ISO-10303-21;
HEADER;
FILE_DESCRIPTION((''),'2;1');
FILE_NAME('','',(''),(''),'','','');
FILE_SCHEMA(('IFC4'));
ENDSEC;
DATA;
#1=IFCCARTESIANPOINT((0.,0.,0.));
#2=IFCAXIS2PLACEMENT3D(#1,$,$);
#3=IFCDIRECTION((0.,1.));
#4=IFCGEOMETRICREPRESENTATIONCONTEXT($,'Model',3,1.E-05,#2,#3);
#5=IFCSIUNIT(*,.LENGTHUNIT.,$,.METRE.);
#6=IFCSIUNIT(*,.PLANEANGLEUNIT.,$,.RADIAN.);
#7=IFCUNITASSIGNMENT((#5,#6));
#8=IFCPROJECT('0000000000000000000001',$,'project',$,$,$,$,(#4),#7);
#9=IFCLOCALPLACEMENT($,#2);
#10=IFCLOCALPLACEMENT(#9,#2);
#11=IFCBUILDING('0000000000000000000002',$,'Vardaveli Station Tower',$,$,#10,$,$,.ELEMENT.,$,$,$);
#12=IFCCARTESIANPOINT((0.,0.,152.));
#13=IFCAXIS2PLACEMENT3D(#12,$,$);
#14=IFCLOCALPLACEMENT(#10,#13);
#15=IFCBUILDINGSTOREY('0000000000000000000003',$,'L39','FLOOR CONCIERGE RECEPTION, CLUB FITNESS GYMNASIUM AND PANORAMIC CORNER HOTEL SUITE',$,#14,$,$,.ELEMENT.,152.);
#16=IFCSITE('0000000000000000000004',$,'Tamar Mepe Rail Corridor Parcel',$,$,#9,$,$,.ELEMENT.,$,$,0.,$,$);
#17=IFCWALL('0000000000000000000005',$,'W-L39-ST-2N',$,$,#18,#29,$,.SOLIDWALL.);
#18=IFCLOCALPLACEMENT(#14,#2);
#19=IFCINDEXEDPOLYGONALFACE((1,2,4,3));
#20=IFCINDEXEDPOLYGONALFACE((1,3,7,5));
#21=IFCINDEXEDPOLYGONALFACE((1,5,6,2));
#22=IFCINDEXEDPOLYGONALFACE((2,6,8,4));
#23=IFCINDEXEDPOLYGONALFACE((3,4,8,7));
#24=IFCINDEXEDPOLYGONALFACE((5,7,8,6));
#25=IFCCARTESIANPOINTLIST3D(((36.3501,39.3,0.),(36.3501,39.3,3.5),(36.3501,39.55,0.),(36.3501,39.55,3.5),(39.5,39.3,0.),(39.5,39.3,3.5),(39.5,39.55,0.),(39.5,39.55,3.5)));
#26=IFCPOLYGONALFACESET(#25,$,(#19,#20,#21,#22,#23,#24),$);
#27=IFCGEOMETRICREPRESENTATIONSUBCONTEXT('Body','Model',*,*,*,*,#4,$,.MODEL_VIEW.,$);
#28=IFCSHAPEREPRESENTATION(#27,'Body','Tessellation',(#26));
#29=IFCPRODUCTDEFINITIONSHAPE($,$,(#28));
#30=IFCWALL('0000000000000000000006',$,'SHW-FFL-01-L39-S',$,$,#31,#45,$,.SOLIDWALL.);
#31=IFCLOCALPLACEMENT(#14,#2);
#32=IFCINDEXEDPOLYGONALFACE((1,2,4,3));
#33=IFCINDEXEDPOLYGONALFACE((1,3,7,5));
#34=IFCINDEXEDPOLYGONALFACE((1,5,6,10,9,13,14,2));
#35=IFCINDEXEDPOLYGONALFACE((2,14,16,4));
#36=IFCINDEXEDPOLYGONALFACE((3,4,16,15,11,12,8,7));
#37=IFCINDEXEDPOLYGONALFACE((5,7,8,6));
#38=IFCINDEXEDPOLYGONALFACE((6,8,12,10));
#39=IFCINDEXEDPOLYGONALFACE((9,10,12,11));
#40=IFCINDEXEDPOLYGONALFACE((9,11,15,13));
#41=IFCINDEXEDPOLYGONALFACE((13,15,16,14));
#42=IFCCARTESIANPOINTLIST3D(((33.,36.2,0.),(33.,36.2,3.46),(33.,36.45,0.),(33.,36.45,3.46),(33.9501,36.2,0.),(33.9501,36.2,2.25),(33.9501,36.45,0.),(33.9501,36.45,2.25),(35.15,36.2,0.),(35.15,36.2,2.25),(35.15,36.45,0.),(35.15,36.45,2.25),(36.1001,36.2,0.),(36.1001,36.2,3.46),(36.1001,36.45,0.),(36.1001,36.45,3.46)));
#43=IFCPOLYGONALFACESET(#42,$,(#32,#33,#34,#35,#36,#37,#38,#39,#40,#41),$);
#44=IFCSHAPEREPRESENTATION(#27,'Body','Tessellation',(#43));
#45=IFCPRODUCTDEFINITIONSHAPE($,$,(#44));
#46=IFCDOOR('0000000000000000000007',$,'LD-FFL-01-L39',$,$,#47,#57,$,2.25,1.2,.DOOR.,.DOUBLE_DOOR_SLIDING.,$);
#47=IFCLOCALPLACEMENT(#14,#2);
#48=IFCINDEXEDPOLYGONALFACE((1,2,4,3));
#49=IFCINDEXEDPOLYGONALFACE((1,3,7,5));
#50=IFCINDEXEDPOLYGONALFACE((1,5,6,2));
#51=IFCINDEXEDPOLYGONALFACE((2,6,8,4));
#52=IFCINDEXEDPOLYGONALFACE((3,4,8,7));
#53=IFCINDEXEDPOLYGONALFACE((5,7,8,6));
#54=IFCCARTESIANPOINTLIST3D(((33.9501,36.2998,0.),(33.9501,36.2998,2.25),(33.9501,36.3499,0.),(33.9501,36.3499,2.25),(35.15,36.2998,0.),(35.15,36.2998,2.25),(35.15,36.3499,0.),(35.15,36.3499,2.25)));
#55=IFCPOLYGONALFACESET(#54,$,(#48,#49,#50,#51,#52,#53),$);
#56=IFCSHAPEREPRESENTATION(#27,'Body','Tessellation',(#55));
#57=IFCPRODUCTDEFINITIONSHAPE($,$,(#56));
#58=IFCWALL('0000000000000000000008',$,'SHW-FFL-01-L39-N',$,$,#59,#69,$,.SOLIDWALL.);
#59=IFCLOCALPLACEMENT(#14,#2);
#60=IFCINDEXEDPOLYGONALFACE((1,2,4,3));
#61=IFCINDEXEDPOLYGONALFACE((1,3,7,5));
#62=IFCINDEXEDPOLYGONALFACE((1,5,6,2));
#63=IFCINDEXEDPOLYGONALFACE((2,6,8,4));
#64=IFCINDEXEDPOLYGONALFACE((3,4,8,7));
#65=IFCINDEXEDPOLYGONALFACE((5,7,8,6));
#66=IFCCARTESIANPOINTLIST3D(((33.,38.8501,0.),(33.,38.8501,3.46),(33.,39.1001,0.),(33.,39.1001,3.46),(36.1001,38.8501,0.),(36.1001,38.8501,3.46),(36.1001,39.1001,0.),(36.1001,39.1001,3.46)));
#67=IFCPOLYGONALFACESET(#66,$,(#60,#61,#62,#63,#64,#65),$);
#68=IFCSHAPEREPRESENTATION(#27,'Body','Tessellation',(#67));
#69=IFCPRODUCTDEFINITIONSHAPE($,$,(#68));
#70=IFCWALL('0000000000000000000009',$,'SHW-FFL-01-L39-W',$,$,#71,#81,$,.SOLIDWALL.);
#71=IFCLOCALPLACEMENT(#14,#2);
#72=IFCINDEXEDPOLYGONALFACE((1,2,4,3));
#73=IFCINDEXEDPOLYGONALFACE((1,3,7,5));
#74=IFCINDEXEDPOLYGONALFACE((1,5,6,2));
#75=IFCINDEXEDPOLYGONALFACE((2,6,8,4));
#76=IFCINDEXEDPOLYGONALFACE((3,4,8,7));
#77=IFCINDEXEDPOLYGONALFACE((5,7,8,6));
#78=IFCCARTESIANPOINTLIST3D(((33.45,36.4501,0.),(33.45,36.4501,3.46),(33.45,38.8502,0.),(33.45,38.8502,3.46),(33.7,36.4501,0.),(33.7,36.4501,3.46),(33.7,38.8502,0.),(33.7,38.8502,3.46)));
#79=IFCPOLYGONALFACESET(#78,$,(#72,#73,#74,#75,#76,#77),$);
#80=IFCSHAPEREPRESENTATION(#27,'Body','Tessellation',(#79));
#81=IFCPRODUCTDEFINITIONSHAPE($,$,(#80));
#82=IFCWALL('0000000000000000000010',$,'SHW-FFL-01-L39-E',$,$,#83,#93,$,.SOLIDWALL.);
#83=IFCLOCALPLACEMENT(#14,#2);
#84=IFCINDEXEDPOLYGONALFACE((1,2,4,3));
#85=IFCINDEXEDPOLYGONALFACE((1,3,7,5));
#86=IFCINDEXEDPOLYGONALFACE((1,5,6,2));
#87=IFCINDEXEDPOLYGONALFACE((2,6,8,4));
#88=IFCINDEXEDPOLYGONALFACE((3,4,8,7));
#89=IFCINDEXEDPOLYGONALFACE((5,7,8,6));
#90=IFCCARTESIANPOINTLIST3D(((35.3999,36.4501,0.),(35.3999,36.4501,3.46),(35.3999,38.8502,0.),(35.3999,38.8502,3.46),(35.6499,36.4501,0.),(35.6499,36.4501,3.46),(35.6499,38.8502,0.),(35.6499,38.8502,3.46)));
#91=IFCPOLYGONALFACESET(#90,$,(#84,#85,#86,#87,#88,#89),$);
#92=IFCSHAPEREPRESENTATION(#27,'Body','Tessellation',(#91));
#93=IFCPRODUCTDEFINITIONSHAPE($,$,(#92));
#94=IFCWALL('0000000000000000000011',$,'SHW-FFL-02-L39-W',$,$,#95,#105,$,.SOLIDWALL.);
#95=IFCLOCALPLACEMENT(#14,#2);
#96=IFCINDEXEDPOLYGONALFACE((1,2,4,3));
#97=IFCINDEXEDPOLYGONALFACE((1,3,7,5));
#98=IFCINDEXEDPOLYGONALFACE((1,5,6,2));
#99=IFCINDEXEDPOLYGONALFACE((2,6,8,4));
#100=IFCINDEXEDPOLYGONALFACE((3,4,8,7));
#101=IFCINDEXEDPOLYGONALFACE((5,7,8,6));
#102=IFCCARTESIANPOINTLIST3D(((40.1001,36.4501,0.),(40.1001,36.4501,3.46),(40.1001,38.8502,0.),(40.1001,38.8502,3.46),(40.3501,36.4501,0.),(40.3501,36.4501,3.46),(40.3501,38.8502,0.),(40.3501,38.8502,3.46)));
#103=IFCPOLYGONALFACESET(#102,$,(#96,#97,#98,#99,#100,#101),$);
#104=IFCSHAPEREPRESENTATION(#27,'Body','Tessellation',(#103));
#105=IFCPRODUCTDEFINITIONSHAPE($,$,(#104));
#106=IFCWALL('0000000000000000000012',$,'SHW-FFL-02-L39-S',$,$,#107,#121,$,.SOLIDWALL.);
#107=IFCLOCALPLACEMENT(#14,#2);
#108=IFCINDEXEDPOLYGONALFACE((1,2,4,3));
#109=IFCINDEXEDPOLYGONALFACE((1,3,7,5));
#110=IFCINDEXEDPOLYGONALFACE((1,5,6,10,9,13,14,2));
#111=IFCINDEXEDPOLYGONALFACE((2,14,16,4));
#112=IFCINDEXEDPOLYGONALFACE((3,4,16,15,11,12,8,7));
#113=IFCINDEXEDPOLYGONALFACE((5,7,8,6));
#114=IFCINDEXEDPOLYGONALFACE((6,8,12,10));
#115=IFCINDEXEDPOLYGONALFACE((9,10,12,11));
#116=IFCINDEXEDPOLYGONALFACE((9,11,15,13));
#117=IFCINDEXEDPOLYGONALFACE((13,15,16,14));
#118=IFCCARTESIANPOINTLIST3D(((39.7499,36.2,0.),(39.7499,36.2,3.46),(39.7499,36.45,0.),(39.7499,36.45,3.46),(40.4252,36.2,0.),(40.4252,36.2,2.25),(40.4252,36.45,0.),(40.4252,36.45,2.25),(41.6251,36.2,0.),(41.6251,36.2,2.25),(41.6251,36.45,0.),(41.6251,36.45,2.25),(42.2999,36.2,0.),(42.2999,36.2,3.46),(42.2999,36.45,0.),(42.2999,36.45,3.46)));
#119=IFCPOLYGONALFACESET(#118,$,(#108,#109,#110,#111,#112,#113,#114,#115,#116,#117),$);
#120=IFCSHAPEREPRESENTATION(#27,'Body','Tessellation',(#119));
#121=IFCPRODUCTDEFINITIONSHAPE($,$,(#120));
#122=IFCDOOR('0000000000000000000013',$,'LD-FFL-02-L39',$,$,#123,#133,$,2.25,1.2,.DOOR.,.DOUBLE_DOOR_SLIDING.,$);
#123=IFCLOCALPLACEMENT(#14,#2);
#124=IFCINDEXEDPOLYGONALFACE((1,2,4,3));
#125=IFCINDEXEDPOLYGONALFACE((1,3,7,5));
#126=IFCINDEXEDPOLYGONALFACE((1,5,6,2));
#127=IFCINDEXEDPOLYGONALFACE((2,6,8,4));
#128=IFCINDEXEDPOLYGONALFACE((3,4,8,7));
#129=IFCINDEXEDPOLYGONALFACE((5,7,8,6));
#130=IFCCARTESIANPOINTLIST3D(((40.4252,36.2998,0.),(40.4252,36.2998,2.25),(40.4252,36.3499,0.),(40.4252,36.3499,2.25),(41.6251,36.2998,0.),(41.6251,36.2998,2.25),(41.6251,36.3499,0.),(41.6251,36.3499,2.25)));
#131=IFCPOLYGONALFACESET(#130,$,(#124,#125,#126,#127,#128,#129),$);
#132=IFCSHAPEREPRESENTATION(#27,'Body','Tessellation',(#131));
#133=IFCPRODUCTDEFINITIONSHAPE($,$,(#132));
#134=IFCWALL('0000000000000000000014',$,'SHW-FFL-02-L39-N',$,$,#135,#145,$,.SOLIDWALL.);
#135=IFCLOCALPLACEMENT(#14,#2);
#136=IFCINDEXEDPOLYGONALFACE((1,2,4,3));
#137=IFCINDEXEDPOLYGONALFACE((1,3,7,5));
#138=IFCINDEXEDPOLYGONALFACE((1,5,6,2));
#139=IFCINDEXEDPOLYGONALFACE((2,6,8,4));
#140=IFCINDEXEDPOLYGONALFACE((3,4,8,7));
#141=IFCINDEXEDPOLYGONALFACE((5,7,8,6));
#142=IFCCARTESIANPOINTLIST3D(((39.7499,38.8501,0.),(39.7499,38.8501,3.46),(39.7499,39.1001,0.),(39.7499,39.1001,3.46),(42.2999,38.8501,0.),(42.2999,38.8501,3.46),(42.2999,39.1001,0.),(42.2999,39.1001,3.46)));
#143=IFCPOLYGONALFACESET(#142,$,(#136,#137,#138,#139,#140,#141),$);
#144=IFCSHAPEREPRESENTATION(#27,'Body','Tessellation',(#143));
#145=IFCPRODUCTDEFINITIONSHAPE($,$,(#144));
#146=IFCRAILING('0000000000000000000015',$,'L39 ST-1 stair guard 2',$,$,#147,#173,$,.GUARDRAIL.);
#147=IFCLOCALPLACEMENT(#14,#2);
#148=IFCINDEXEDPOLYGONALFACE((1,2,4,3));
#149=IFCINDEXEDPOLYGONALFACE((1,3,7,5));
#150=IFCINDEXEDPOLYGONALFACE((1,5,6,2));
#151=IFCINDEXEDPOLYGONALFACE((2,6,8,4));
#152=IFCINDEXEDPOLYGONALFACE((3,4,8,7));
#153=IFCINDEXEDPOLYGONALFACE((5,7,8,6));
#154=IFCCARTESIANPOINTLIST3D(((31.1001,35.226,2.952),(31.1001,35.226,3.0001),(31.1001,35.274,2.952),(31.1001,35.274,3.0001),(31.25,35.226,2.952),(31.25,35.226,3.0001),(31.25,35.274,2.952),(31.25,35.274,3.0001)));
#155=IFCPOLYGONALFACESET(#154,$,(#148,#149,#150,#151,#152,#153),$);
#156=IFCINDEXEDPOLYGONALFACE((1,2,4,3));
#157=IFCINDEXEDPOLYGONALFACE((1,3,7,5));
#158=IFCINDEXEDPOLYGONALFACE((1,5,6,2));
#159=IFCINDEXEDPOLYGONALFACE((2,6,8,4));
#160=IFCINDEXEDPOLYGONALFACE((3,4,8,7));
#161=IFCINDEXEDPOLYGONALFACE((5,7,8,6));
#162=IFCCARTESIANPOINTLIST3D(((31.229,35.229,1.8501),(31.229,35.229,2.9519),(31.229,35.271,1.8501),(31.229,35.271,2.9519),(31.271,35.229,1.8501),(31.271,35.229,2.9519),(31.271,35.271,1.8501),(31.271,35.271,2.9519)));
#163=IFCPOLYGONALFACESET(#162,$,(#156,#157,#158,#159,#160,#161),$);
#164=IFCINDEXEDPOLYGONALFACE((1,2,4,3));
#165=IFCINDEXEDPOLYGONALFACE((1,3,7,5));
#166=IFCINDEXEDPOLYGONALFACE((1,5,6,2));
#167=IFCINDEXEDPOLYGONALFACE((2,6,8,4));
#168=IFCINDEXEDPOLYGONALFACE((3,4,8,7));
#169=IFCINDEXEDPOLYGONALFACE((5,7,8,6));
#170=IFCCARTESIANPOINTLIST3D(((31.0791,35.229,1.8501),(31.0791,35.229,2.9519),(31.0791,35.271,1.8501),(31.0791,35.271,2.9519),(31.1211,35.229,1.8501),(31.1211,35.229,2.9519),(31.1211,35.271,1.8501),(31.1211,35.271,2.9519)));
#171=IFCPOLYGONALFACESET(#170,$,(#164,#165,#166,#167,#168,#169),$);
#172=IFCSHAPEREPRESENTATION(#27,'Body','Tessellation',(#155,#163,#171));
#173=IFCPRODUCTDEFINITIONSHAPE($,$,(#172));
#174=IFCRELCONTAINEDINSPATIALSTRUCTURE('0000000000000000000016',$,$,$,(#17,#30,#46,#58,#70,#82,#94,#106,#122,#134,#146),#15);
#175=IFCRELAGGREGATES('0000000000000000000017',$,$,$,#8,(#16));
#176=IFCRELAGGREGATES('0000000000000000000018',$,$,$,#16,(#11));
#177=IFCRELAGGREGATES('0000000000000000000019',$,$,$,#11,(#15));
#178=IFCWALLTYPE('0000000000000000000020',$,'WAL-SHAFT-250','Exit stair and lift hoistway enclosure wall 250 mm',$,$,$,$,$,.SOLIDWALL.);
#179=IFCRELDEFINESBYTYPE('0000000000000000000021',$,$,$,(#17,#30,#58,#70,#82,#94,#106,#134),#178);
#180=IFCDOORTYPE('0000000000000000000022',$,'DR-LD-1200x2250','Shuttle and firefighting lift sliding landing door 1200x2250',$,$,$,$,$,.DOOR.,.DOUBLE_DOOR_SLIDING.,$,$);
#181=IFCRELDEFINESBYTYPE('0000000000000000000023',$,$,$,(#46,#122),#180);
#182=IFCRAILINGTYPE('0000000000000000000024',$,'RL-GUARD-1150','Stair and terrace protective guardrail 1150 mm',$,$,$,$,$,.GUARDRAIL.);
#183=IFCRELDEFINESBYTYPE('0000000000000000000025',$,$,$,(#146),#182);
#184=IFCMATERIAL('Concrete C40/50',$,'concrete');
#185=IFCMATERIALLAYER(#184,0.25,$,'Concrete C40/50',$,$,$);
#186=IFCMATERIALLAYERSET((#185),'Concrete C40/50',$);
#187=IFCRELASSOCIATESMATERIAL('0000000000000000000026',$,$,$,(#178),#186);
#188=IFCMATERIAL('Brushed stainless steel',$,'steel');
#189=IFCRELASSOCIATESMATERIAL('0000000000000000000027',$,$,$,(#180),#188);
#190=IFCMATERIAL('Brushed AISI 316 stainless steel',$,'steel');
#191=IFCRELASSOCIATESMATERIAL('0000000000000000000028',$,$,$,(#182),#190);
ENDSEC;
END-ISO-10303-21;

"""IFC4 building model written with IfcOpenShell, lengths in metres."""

from ifc_helpers import new_model, si_unit, direction, frame, frame_2d, origin, origin_2d, place, context, subcontext, project, spatial, rectangle, extrude, source, transform, mapped, material, layer, layer_set, type_object, element, fill, save


model = new_model("IFC4")

# Units and contexts
model_context = context("Model", 3, precision=1e-05, world=origin(), true_north=direction((0.0, 1.0)))
body_context = subcontext(model_context, "Body", "Model", "MODEL_VIEW")
ifc_project = project(units=[si_unit("LENGTHUNIT", "METRE"), si_unit("PLANEANGLEUNIT", "RADIAN")], contexts=[model_context])

# Site, building, storey
site_placement = place(None, origin())
site = spatial("IfcSite", under=ifc_project, at=site_placement, Name="Tamar Mepe Rail Corridor Parcel", CompositionType="ELEMENT", RefElevation=0.0)
building_placement = place(site_placement, origin())
building = spatial("IfcBuilding", under=site, at=building_placement, Name="Vardaveli Station Tower", CompositionType="ELEMENT")
storey_placement = place(building_placement, frame((0.0, 0.0, 152.0)))
storey = spatial("IfcBuildingStorey", under=building, at=storey_placement, Name="L39", Description="FLOOR CONCIERGE RECEPTION, CLUB FITNESS GYMNASIUM AND PANORAMIC CORNER HOTEL SUITE", CompositionType="ELEMENT", Elevation=152.0)

# Wall
ifc_material_1 = material(Name="Concrete C40/50", Category="concrete")
ifc_layer_1 = layer(ifc_material_1, 0.25, Name="Concrete C40/50")
ifc_layer_set_1 = layer_set([ifc_layer_1], Name="Concrete C40/50")
wall_type = type_object("IfcWallType", Name="WAL-SHAFT-250", Description="Exit stair and lift hoistway enclosure wall 250 mm", PredefinedType="SOLIDWALL", material=ifc_layer_set_1)
shared_shape_1 = source(origin(), body_context, "Body", "SweptSolid", [
    extrude(rectangle(XDim=3.1499, YDim=0.25, at=frame_2d((1.575, 0.0))), origin(), (0.0, 0.0, 1.0), 3.5),
])
wall_1_placement = place(storey_placement, frame((36.3501, 39.425, 0.0), z_axis=(0.0, 0.0, 1.0), x_axis=(1.0, 0.0, 0.0)))
element("IfcWall", 1, at=wall_1_placement, inside=storey, type_object=wall_type, Name="W-L39-ST-2N", PredefinedType="SOLIDWALL", context=body_context, shape_type="MappedRepresentation", body=[
    mapped(shared_shape_1, transform((0.0, 0.0, 0.0), scale=1.0)),
])

# Wall, opening, door
shared_shape_2 = source(origin(), body_context, "Body", "SweptSolid", [
    extrude(rectangle(XDim=3.1001, YDim=0.25, at=frame_2d((1.55, 0.0))), origin(), (0.0, 0.0, 1.0), 3.46),
])
wall_2_placement = place(storey_placement, frame((33.0, 36.325, 0.0), z_axis=(0.0, 0.0, 1.0), x_axis=(1.0, 0.0, 0.0)))
wall_2 = element("IfcWall", 2, at=wall_2_placement, inside=storey, type_object=wall_type, Name="SHW-FFL-01-L39-S", PredefinedType="SOLIDWALL", context=body_context, shape_type="MappedRepresentation", body=[
    mapped(shared_shape_2, transform((0.0, 0.0, 0.0), scale=1.0)),
])
shared_shape_3 = source(origin(), body_context, "Body", "SweptSolid", [
    extrude(rectangle(XDim=1.2, YDim=2.25, at=frame_2d((0.6001, 1.125))), frame((0.0, 0.135, 0.0), z_axis=(0.0, -1.0, 0.0), x_axis=(1.0, 0.0, 0.0)), (0.0, 0.0, 1.0), 0.27),
])
opening_1_placement = place(wall_2_placement, frame((0.95, 0.0, 0.0)))
opening_1 = element("IfcOpeningElement", 3, at=opening_1_placement, cuts=wall_2, PredefinedType="OPENING", context=body_context, shape_type="MappedRepresentation", body=[
    mapped(shared_shape_3, transform((0.0, 0.0, 0.0), scale=1.0)),
])
ifc_material_2 = material(Name="Brushed stainless steel", Category="steel")
door_type = type_object("IfcDoorType", Name="DR-LD-1200x2250", Description="Shuttle and firefighting lift sliding landing door 1200x2250", OperationType="DOUBLE_DOOR_SLIDING", PredefinedType="DOOR", material=ifc_material_2)
shared_shape_4 = source(origin(), body_context, "Body", "SweptSolid", [
    extrude(rectangle(XDim=1.2, YDim=2.25, at=frame_2d((0.6001, 1.125))), frame((0.0, 0.0249, 0.0), z_axis=(0.0, -1.0, 0.0), x_axis=(1.0, 0.0, 0.0)), (0.0, 0.0, 1.0), 0.05),
])
door_1_placement = place(opening_1_placement, origin())
door_1 = element("IfcDoor", 4, at=door_1_placement, inside=storey, type_object=door_type, Name="LD-FFL-01-L39", OperationType="DOUBLE_DOOR_SLIDING", OverallHeight=2.25, OverallWidth=1.2, PredefinedType="DOOR", context=body_context, shape_type="MappedRepresentation", body=[
    mapped(shared_shape_4, transform((0.0, 0.0, 0.0), scale=1.0)),
])
fill(opening_1, door_1)

# Walls
wall_3_placement = place(storey_placement, frame((33.0, 38.9751, 0.0), z_axis=(0.0, 0.0, 1.0), x_axis=(1.0, 0.0, 0.0)))
element("IfcWall", 5, at=wall_3_placement, inside=storey, type_object=wall_type, Name="SHW-FFL-01-L39-N", PredefinedType="SOLIDWALL", context=body_context, shape_type="MappedRepresentation", body=[
    mapped(shared_shape_2, transform((0.0, 0.0, 0.0), scale=1.0)),
])
shared_shape_5 = source(origin(), body_context, "Body", "SweptSolid", [
    extrude(rectangle(XDim=2.4001, YDim=0.25, at=frame_2d((1.2002, 0.0))), origin(), (0.0, 0.0, 1.0), 3.46),
])
for number, where, z_axis, x_axis, name in (
    (6, (33.575, 36.45, 0.0), (0.0, 0.0, 1.0), (0.0, 1.0, 0.0), "SHW-FFL-01-L39-W"),
    (7, (35.5249, 36.45, 0.0), (0.0, 0.0, 1.0), (0.0, 1.0, 0.0), "SHW-FFL-01-L39-E"),
    (8, (40.2251, 36.45, 0.0), (0.0, 0.0, 1.0), (0.0, 1.0, 0.0), "SHW-FFL-02-L39-W"),
):
    element("IfcWall", number, at=place(storey_placement, frame(where, z_axis=z_axis, x_axis=x_axis)), inside=storey, type_object=wall_type, Name=name, PredefinedType="SOLIDWALL", context=body_context, shape_type="MappedRepresentation", body=[
        mapped(shared_shape_5, transform((0.0, 0.0, 0.0), scale=1.0)),
    ])

# Wall, opening, door
shared_shape_6 = source(origin(), body_context, "Body", "SweptSolid", [
    extrude(rectangle(XDim=2.55, YDim=0.25, at=frame_2d((1.2749, 0.0))), origin(), (0.0, 0.0, 1.0), 3.46),
])
wall_4_placement = place(storey_placement, frame((39.75, 36.325, 0.0), z_axis=(0.0, 0.0, 1.0), x_axis=(1.0, 0.0, 0.0)))
wall_4 = element("IfcWall", 9, at=wall_4_placement, inside=storey, type_object=wall_type, Name="SHW-FFL-02-L39-S", PredefinedType="SOLIDWALL", context=body_context, shape_type="MappedRepresentation", body=[
    mapped(shared_shape_6, transform((0.0, 0.0, 0.0), scale=1.0)),
])
opening_2_placement = place(wall_4_placement, frame((0.675, 0.0, 0.0)))
opening_2 = element("IfcOpeningElement", 10, at=opening_2_placement, cuts=wall_4, PredefinedType="OPENING", context=body_context, shape_type="MappedRepresentation", body=[
    mapped(shared_shape_3, transform((0.0, 0.0, 0.0), scale=1.0)),
])
door_2_placement = place(opening_2_placement, origin())
door_2 = element("IfcDoor", 11, at=door_2_placement, inside=storey, type_object=door_type, Name="LD-FFL-02-L39", OperationType="DOUBLE_DOOR_SLIDING", OverallHeight=2.25, OverallWidth=1.2, PredefinedType="DOOR", context=body_context, shape_type="MappedRepresentation", body=[
    mapped(shared_shape_4, transform((0.0, 0.0, 0.0), scale=1.0)),
])
fill(opening_2, door_2)

# Wall
wall_5_placement = place(storey_placement, frame((39.75, 38.9751, 0.0), z_axis=(0.0, 0.0, 1.0), x_axis=(1.0, 0.0, 0.0)))
element("IfcWall", 12, at=wall_5_placement, inside=storey, type_object=wall_type, Name="SHW-FFL-02-L39-N", PredefinedType="SOLIDWALL", context=body_context, shape_type="MappedRepresentation", body=[
    mapped(shared_shape_6, transform((0.0, 0.0, 0.0), scale=1.0)),
])

# Railing
ifc_material_3 = material(Name="Brushed AISI 316 stainless steel", Category="steel")
railing_type = type_object("IfcRailingType", Name="RL-GUARD-1150", Description="Stair and terrace protective guardrail 1150 mm", PredefinedType="GUARDRAIL", material=ifc_material_3)
shared_shape_7 = source(origin(), body_context, "Body", "SweptSolid", [
    extrude(rectangle(XDim=0.0481, YDim=0.0481, at=origin_2d()), frame((0.0, 0.0, 1.126), z_axis=(-1.0, 0.0, 0.0), x_axis=(0.0, -1.0, 0.0)), (0.0, 0.0, 1.0), 0.1499),
    extrude(rectangle(XDim=0.042, YDim=0.042, at=origin_2d()), origin(), (0.0, 0.0, 1.0), 1.1018),
    extrude(rectangle(XDim=0.042, YDim=0.042, at=origin_2d()), frame((-0.1499, 0.0, 0.0)), (0.0, 0.0, 1.0), 1.1018),
])
for number, where, name in (
    (13, (31.25, 35.25, 1.8501), "L39 ST-1 stair guard 2"),
):
    element("IfcRailing", number, at=place(storey_placement, frame(where)), inside=storey, type_object=railing_type, Name=name, PredefinedType="GUARDRAIL", context=body_context, shape_type="MappedRepresentation", body=[
        mapped(shared_shape_7, transform((0.0, 0.0, 0.0), scale=1.0)),
    ])

save(model, "model.ifc")
